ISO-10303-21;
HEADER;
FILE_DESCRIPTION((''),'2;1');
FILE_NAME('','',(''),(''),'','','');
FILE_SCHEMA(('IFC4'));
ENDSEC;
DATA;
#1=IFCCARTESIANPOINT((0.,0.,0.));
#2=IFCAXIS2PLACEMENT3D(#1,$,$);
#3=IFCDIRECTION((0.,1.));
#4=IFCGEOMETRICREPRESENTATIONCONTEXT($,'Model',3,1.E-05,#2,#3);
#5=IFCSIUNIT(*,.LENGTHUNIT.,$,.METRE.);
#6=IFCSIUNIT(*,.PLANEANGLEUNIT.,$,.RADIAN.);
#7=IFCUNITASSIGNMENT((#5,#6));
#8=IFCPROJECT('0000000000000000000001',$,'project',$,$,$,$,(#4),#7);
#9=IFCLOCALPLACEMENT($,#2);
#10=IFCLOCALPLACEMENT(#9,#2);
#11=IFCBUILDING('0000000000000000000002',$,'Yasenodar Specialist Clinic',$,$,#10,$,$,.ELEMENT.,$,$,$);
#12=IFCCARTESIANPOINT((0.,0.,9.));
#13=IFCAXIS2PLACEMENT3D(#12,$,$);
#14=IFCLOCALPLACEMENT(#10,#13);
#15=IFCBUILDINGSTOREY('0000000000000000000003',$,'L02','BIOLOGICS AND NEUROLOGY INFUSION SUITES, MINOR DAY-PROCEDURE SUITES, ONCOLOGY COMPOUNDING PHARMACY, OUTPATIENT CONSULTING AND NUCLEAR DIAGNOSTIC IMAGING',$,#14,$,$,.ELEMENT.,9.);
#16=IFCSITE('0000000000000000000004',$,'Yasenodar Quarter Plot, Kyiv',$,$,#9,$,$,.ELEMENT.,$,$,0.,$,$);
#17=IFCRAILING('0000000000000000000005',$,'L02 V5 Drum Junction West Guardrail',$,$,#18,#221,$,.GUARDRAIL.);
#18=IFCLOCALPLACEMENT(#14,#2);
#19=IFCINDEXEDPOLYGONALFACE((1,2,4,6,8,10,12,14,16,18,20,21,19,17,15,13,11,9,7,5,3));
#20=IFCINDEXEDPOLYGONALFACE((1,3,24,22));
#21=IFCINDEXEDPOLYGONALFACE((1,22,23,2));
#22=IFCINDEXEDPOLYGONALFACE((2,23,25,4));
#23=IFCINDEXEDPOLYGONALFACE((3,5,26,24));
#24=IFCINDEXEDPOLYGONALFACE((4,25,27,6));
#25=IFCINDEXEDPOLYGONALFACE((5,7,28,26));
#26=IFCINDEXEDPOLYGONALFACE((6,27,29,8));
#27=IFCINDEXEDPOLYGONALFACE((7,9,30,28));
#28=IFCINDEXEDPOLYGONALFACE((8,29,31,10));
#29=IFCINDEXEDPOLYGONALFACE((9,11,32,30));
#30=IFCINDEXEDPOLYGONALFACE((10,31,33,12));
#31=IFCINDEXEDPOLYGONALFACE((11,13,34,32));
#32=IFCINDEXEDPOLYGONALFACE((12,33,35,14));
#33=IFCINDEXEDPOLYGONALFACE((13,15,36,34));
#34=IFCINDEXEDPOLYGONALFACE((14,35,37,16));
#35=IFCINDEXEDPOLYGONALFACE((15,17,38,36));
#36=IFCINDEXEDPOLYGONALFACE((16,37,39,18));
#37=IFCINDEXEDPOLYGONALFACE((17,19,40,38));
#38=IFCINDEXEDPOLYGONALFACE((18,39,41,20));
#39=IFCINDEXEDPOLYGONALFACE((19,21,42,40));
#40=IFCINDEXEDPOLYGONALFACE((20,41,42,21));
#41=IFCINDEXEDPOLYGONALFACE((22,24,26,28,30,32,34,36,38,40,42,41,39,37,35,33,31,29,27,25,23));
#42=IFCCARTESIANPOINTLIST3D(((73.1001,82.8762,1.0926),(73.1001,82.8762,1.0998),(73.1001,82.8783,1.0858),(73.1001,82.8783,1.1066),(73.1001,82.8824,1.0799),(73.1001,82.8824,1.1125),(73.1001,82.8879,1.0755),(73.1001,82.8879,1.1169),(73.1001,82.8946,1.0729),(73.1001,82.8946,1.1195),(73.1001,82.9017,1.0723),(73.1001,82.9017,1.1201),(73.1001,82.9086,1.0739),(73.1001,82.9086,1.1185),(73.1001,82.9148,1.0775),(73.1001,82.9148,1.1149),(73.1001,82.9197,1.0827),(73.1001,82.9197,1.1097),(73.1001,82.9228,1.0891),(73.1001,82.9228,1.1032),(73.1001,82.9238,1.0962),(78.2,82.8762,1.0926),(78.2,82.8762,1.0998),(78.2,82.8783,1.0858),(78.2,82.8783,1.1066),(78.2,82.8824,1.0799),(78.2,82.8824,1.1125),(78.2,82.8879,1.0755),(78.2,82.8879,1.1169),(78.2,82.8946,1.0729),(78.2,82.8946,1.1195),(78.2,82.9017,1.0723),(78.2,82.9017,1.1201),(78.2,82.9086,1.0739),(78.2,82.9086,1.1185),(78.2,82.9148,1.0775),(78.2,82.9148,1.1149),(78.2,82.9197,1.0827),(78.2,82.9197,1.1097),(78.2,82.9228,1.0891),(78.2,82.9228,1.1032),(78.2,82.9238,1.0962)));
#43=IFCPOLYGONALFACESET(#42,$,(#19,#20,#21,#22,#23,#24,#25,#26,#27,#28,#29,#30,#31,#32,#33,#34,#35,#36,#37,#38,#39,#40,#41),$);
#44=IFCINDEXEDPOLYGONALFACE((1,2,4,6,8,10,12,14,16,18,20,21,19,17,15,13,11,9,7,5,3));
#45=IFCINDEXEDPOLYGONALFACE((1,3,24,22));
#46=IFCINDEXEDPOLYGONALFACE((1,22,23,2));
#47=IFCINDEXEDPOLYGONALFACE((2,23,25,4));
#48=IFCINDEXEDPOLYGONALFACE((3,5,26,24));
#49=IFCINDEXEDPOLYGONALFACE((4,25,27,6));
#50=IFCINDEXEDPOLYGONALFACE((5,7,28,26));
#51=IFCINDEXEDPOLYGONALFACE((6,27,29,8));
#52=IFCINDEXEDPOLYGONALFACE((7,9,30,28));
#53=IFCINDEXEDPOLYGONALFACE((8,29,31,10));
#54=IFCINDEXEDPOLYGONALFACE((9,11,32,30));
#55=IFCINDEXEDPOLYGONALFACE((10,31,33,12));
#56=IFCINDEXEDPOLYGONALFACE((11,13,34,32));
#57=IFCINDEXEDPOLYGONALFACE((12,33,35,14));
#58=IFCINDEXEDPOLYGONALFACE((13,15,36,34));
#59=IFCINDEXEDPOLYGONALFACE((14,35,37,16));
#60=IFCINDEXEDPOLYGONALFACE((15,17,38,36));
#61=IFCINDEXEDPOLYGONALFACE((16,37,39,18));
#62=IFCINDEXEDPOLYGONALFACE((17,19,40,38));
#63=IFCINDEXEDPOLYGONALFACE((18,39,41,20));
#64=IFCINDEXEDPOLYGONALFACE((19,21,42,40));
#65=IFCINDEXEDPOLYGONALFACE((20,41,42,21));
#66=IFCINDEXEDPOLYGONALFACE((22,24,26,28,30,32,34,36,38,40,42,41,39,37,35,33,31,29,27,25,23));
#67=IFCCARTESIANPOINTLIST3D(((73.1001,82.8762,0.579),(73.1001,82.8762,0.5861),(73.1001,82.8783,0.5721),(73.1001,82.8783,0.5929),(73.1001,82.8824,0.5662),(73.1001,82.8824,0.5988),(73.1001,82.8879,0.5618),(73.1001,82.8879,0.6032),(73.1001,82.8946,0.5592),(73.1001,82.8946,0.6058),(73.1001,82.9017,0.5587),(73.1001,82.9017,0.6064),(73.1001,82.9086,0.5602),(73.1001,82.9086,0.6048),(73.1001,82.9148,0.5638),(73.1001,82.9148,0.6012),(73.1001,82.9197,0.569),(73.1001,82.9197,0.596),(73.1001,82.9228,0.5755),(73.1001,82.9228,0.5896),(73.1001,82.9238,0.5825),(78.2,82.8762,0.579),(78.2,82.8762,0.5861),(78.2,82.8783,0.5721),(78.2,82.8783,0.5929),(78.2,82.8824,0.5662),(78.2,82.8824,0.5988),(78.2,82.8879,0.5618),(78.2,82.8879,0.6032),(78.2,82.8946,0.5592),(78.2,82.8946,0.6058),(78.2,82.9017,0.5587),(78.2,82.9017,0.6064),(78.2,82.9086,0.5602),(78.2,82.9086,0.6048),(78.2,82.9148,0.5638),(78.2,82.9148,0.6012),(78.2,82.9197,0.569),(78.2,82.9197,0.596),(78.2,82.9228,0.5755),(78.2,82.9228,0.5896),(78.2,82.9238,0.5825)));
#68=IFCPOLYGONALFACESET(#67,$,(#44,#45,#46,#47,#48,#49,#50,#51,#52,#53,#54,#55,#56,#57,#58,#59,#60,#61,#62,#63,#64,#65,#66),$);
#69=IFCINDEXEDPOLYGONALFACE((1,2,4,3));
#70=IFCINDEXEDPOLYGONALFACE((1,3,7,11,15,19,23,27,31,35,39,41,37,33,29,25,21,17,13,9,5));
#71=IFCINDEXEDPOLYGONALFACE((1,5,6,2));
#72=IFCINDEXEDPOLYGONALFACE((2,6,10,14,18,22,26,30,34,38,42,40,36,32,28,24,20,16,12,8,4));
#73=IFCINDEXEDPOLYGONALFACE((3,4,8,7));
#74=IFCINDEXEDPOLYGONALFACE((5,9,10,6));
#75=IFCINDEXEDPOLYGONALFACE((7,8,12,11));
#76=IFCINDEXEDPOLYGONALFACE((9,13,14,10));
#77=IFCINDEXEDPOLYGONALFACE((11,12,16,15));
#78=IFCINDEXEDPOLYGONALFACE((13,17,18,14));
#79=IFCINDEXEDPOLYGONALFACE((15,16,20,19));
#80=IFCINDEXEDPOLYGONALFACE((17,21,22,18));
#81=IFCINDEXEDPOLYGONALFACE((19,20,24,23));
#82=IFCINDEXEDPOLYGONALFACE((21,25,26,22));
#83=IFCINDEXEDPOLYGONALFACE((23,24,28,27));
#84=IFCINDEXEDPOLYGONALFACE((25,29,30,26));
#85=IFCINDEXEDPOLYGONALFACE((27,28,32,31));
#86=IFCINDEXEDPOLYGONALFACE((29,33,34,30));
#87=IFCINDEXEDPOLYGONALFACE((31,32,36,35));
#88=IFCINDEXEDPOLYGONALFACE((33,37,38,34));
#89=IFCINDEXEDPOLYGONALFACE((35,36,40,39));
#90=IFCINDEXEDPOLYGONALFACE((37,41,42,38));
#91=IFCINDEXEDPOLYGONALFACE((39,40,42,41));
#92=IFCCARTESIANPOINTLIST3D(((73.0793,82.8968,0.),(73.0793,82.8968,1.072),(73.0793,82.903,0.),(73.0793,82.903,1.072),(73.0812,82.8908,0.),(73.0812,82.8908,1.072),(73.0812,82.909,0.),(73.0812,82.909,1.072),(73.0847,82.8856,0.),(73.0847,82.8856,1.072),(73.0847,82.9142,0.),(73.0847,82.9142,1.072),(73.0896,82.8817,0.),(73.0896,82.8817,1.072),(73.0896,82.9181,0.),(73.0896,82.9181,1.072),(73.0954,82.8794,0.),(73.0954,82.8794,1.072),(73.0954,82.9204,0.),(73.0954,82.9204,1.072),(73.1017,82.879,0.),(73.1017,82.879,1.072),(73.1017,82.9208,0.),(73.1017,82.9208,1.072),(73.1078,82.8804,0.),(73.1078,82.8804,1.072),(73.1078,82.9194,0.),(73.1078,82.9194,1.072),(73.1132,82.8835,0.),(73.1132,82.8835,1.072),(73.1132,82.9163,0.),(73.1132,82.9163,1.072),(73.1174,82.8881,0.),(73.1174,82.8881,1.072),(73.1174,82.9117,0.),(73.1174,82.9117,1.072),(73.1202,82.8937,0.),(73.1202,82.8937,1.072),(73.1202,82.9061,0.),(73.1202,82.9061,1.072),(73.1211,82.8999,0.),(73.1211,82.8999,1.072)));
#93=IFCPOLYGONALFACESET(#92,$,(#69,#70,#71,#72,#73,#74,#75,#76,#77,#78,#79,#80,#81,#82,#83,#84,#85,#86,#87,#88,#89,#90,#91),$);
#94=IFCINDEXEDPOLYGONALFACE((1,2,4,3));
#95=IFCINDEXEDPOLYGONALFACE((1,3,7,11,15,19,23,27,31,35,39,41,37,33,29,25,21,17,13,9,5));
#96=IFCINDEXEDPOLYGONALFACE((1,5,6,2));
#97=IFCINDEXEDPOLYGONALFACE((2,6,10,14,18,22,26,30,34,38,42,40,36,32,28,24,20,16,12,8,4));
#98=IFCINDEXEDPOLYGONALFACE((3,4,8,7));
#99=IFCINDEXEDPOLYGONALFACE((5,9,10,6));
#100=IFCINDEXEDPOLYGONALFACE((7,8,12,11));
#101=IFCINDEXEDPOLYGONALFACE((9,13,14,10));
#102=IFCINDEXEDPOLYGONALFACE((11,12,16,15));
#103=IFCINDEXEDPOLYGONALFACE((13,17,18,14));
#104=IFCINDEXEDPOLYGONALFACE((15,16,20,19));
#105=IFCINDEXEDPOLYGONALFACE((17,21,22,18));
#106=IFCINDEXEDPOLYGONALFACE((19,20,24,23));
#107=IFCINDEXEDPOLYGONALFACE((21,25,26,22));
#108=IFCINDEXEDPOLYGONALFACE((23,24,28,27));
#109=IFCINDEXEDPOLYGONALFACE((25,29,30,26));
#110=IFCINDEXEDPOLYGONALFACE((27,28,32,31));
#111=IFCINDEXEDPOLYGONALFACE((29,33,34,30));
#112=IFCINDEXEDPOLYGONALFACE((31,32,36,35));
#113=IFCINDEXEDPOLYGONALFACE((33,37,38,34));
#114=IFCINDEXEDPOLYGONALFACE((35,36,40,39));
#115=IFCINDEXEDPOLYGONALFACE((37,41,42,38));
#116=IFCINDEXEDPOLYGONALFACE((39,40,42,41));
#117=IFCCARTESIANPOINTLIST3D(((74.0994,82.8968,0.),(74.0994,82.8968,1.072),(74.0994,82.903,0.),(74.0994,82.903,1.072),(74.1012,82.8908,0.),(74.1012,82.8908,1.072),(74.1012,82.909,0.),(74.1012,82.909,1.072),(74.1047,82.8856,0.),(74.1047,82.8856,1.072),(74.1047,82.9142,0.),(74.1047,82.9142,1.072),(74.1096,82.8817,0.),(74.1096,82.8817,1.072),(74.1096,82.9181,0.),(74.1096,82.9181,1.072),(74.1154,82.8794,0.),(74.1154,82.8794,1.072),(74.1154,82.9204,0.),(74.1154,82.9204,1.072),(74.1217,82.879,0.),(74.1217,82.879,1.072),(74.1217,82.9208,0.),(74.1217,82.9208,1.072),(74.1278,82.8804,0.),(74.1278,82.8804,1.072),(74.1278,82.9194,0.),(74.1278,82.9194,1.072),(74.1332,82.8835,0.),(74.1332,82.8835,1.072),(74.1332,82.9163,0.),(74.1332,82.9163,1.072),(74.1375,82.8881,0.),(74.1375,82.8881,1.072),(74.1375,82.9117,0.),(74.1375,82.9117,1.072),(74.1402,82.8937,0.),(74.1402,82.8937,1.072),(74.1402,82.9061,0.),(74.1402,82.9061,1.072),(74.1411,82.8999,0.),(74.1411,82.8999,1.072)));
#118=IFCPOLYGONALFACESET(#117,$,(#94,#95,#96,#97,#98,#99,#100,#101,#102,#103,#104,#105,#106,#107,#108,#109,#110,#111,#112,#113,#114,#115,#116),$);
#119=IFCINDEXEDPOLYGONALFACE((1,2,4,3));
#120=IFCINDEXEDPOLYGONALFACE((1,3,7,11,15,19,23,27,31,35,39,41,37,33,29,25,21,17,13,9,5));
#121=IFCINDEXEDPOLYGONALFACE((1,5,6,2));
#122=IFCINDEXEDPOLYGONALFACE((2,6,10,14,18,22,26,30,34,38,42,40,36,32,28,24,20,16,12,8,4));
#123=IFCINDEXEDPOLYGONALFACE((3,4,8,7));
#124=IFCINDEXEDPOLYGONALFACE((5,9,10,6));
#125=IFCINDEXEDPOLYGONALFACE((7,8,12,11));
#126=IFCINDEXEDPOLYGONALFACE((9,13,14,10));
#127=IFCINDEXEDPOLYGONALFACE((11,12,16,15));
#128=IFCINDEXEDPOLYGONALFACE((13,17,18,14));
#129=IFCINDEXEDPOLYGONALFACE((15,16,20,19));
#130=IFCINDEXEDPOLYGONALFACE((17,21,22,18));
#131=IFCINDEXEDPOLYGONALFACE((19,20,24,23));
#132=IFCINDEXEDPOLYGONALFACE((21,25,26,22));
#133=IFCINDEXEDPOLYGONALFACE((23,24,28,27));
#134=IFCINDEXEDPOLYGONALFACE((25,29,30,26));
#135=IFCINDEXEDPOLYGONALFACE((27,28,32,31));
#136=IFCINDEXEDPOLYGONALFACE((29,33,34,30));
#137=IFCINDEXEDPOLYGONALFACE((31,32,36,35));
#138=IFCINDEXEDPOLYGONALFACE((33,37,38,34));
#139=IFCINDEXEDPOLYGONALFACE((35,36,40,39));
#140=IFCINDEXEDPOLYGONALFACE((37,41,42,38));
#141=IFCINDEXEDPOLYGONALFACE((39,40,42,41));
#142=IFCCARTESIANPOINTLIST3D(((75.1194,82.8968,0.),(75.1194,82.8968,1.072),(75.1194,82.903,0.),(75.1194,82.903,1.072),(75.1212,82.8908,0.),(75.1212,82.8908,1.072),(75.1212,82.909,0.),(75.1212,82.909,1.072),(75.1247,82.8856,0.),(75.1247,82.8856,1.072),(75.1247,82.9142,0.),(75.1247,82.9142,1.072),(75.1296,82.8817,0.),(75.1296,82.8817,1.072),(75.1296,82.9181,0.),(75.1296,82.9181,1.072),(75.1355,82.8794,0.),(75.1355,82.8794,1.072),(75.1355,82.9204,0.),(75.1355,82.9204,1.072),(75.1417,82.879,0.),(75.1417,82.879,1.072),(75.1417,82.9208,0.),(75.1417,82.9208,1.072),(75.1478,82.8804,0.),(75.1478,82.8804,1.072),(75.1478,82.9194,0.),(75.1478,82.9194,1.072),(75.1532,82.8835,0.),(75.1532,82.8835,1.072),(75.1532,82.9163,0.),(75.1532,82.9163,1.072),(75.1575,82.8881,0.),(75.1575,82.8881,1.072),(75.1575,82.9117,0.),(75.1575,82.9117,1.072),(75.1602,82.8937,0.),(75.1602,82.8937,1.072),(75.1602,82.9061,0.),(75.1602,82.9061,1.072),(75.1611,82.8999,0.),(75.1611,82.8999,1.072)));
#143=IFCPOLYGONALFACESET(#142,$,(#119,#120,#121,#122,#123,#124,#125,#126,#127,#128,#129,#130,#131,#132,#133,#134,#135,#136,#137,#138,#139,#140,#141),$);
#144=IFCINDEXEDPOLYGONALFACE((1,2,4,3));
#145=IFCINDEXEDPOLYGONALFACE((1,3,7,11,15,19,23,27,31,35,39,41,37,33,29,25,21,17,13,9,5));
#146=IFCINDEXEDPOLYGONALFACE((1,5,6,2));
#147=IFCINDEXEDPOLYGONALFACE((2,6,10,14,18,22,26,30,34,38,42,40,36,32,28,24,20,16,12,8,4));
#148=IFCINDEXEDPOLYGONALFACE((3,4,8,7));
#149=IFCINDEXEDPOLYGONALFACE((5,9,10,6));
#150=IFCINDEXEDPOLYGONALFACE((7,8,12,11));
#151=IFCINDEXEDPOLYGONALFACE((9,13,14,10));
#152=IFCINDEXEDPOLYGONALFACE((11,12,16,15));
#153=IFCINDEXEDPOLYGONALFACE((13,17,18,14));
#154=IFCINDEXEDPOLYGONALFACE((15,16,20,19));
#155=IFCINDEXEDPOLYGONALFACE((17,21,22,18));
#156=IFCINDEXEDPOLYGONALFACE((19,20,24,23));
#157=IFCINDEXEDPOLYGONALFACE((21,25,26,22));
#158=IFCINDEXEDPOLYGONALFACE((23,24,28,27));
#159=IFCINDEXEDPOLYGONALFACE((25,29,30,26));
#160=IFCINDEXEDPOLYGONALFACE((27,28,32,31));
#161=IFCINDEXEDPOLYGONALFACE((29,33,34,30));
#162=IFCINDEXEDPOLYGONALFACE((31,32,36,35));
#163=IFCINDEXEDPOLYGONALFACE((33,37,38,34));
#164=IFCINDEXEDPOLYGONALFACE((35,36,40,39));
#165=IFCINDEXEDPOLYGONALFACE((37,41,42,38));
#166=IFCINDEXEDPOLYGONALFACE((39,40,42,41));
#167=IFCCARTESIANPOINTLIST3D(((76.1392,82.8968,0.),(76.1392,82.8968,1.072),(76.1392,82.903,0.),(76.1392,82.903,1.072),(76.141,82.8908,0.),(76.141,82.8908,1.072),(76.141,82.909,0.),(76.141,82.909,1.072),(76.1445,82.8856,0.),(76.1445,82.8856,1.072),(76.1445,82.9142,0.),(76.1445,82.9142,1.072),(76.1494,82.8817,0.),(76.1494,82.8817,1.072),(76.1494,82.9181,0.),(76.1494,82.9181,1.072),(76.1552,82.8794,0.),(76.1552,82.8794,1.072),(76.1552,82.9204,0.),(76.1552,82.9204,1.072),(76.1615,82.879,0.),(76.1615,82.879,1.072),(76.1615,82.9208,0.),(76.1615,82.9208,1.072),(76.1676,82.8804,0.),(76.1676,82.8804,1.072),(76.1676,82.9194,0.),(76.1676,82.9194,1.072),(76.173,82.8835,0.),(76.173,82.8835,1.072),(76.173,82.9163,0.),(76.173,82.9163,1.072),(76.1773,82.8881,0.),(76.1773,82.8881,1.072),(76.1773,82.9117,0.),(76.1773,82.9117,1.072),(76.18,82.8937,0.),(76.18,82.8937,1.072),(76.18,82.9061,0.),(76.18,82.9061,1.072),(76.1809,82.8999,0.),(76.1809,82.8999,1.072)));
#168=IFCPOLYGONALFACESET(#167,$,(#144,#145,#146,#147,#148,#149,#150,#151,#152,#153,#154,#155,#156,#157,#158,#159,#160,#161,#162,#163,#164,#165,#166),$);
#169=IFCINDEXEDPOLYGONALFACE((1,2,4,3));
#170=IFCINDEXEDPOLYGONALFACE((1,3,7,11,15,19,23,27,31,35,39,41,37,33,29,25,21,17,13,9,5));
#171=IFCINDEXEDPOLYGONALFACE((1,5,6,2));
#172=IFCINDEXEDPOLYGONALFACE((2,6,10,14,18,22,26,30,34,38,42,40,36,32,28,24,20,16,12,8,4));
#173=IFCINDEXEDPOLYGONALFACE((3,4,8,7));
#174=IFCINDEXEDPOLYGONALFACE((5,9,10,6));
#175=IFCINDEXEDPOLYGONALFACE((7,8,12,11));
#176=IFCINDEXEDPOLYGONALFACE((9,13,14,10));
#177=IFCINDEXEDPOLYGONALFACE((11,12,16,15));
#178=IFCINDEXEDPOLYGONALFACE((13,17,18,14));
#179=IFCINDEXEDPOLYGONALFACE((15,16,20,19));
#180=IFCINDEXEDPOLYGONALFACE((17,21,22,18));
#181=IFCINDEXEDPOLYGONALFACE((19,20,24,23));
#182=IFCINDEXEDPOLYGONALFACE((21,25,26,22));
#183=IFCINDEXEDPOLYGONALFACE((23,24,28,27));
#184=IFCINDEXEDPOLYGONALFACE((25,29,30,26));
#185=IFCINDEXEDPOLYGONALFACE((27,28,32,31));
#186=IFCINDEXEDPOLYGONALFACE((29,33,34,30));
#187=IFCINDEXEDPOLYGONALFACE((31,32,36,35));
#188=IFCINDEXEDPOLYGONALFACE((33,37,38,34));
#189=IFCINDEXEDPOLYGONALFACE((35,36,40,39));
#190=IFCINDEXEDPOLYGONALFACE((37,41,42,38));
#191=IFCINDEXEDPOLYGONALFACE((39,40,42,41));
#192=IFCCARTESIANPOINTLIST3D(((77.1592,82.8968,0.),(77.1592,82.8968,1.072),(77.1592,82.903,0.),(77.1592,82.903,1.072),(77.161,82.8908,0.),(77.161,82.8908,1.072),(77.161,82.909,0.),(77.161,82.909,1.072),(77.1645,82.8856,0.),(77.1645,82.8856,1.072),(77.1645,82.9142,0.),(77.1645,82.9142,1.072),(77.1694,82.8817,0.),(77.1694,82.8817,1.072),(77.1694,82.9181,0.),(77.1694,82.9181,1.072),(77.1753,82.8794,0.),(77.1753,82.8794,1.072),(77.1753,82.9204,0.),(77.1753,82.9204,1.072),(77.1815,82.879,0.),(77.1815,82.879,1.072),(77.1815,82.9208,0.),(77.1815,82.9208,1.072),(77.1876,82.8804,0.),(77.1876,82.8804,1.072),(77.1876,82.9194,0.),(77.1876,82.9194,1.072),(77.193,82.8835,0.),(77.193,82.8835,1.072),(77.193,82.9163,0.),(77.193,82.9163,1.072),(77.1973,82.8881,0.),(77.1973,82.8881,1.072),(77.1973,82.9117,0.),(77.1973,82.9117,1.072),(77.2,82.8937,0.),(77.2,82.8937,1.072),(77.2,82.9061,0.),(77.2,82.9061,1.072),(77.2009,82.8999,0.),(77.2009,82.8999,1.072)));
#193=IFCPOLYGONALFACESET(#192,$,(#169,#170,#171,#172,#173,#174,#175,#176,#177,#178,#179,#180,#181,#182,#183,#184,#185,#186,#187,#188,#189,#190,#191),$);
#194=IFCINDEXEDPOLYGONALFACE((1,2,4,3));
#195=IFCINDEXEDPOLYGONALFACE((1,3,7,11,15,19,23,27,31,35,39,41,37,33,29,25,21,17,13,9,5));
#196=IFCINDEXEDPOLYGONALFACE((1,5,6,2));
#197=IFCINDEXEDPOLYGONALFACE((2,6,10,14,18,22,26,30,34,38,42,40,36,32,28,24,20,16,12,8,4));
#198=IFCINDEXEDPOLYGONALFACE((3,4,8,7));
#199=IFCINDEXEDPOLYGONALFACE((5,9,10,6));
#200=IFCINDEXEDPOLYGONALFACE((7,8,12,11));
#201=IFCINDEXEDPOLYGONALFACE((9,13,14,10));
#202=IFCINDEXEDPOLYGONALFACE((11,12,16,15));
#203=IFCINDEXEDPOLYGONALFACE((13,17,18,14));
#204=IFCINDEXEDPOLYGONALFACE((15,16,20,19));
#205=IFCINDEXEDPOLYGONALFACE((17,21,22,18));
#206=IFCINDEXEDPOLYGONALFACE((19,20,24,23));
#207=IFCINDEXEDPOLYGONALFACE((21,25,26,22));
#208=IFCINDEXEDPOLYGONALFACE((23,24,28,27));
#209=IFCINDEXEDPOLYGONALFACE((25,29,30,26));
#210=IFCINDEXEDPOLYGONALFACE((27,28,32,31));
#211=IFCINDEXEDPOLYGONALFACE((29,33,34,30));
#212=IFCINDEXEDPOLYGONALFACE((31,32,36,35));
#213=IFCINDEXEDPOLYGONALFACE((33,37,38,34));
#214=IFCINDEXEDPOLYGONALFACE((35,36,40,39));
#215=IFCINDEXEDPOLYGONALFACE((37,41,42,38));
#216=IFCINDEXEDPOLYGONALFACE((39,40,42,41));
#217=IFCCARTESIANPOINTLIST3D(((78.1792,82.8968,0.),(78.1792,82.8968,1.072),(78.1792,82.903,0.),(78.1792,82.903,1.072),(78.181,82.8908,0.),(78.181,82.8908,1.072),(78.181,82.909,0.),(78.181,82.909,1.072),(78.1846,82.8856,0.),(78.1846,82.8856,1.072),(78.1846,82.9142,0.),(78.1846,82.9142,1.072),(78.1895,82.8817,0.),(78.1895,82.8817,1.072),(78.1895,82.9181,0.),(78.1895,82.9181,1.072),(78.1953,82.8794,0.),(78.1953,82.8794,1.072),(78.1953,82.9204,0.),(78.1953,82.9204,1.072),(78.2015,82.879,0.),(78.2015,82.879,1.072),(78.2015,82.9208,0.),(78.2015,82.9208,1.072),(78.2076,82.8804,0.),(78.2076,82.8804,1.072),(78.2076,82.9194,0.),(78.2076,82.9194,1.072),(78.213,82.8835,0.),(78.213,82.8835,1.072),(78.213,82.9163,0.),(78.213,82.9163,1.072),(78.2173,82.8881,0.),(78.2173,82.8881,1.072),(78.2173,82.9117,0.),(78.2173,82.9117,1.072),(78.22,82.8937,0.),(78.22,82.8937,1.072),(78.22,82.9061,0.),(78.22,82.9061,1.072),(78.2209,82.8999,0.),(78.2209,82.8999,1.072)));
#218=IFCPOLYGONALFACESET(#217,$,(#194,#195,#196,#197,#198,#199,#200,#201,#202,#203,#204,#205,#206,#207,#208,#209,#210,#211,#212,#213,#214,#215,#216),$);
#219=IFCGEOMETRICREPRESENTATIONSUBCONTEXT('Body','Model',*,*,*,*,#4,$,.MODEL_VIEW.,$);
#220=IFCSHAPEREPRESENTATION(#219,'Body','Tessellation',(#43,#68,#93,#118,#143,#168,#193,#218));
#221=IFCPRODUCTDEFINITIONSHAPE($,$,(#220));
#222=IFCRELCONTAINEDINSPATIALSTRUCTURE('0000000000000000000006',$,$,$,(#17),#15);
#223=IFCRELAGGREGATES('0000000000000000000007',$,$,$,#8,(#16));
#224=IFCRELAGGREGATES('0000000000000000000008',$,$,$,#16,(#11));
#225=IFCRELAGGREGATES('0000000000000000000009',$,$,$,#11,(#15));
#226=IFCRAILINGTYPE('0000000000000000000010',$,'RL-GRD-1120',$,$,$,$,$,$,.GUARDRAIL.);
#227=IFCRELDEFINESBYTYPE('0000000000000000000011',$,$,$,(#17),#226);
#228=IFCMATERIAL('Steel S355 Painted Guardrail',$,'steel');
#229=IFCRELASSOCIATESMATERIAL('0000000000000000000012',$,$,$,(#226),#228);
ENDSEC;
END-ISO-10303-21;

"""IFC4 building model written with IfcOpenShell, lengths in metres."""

from ifc_helpers import new_model, si_unit, direction, frame, origin, origin_2d, place, context, subcontext, project, spatial, circle, extrude, material, type_object, element, save


model = new_model("IFC4")

# Units and contexts
model_context = context("Model", 3, precision=1e-05, world=origin(), true_north=direction((0.0, 1.0)))
body_context = subcontext(model_context, "Body", "Model", "MODEL_VIEW")
ifc_project = project(units=[si_unit("LENGTHUNIT", "METRE"), si_unit("PLANEANGLEUNIT", "RADIAN")], contexts=[model_context])

# Site, building, storey
site_placement = place(None, origin())
site = spatial("IfcSite", under=ifc_project, at=site_placement, Name="Yasenodar Quarter Plot, Kyiv", CompositionType="ELEMENT", RefElevation=0.0)
building_placement = place(site_placement, origin())
building = spatial("IfcBuilding", under=site, at=building_placement, Name="Yasenodar Specialist Clinic", CompositionType="ELEMENT")
storey_placement = place(building_placement, frame((0.0, 0.0, 9.0)))
storey = spatial("IfcBuildingStorey", under=building, at=storey_placement, Name="L02", Description="BIOLOGICS AND NEUROLOGY INFUSION SUITES, MINOR DAY-PROCEDURE SUITES, ONCOLOGY COMPOUNDING PHARMACY, OUTPATIENT CONSULTING AND NUCLEAR DIAGNOSTIC IMAGING", CompositionType="ELEMENT", Elevation=9.0)

# Railing
ifc_material_1 = material(Name="Steel S355 Painted Guardrail", Category="steel")
railing_type = type_object("IfcRailingType", Name="RL-GRD-1120", PredefinedType="GUARDRAIL", material=ifc_material_1)
railing_1_placement = place(storey_placement, frame((73.1001, 82.8999, 0.0)))
element("IfcRailing", 1, at=railing_1_placement, inside=storey, type_object=railing_type, Name="L02 V5 Drum Junction West Guardrail", PredefinedType="GUARDRAIL", context=body_context, shape_type="SweptSolid", body=[
    extrude(circle(Radius=0.0239, at=origin_2d()), frame((0.0, 0.0, 1.0962), z_axis=(1.0, 0.0, 0.0), x_axis=(0.0, 1.0, 0.0)), (0.0, 0.0, 1.0), 5.0999),
    extrude(circle(Radius=0.0239, at=origin_2d()), frame((0.0, 0.0, 0.5825), z_axis=(1.0, 0.0, 0.0), x_axis=(0.0, 1.0, 0.0)), (0.0, 0.0, 1.0), 5.0999),
    extrude(circle(Radius=0.021, at=origin_2d()), origin(), (0.0, 0.0, 1.0), 1.072),
    extrude(circle(Radius=0.021, at=origin_2d()), frame((1.02, 0.0, 0.0)), (0.0, 0.0, 1.0), 1.072),
    extrude(circle(Radius=0.021, at=origin_2d()), frame((2.04, 0.0, 0.0)), (0.0, 0.0, 1.0), 1.072),
    extrude(circle(Radius=0.021, at=origin_2d()), frame((3.0598, 0.0, 0.0)), (0.0, 0.0, 1.0), 1.072),
    extrude(circle(Radius=0.021, at=origin_2d()), frame((4.0798, 0.0, 0.0)), (0.0, 0.0, 1.0), 1.072),
    extrude(circle(Radius=0.021, at=origin_2d()), frame((5.0999, 0.0, 0.0)), (0.0, 0.0, 1.0), 1.072),
])

save(model, "model.ifc")
